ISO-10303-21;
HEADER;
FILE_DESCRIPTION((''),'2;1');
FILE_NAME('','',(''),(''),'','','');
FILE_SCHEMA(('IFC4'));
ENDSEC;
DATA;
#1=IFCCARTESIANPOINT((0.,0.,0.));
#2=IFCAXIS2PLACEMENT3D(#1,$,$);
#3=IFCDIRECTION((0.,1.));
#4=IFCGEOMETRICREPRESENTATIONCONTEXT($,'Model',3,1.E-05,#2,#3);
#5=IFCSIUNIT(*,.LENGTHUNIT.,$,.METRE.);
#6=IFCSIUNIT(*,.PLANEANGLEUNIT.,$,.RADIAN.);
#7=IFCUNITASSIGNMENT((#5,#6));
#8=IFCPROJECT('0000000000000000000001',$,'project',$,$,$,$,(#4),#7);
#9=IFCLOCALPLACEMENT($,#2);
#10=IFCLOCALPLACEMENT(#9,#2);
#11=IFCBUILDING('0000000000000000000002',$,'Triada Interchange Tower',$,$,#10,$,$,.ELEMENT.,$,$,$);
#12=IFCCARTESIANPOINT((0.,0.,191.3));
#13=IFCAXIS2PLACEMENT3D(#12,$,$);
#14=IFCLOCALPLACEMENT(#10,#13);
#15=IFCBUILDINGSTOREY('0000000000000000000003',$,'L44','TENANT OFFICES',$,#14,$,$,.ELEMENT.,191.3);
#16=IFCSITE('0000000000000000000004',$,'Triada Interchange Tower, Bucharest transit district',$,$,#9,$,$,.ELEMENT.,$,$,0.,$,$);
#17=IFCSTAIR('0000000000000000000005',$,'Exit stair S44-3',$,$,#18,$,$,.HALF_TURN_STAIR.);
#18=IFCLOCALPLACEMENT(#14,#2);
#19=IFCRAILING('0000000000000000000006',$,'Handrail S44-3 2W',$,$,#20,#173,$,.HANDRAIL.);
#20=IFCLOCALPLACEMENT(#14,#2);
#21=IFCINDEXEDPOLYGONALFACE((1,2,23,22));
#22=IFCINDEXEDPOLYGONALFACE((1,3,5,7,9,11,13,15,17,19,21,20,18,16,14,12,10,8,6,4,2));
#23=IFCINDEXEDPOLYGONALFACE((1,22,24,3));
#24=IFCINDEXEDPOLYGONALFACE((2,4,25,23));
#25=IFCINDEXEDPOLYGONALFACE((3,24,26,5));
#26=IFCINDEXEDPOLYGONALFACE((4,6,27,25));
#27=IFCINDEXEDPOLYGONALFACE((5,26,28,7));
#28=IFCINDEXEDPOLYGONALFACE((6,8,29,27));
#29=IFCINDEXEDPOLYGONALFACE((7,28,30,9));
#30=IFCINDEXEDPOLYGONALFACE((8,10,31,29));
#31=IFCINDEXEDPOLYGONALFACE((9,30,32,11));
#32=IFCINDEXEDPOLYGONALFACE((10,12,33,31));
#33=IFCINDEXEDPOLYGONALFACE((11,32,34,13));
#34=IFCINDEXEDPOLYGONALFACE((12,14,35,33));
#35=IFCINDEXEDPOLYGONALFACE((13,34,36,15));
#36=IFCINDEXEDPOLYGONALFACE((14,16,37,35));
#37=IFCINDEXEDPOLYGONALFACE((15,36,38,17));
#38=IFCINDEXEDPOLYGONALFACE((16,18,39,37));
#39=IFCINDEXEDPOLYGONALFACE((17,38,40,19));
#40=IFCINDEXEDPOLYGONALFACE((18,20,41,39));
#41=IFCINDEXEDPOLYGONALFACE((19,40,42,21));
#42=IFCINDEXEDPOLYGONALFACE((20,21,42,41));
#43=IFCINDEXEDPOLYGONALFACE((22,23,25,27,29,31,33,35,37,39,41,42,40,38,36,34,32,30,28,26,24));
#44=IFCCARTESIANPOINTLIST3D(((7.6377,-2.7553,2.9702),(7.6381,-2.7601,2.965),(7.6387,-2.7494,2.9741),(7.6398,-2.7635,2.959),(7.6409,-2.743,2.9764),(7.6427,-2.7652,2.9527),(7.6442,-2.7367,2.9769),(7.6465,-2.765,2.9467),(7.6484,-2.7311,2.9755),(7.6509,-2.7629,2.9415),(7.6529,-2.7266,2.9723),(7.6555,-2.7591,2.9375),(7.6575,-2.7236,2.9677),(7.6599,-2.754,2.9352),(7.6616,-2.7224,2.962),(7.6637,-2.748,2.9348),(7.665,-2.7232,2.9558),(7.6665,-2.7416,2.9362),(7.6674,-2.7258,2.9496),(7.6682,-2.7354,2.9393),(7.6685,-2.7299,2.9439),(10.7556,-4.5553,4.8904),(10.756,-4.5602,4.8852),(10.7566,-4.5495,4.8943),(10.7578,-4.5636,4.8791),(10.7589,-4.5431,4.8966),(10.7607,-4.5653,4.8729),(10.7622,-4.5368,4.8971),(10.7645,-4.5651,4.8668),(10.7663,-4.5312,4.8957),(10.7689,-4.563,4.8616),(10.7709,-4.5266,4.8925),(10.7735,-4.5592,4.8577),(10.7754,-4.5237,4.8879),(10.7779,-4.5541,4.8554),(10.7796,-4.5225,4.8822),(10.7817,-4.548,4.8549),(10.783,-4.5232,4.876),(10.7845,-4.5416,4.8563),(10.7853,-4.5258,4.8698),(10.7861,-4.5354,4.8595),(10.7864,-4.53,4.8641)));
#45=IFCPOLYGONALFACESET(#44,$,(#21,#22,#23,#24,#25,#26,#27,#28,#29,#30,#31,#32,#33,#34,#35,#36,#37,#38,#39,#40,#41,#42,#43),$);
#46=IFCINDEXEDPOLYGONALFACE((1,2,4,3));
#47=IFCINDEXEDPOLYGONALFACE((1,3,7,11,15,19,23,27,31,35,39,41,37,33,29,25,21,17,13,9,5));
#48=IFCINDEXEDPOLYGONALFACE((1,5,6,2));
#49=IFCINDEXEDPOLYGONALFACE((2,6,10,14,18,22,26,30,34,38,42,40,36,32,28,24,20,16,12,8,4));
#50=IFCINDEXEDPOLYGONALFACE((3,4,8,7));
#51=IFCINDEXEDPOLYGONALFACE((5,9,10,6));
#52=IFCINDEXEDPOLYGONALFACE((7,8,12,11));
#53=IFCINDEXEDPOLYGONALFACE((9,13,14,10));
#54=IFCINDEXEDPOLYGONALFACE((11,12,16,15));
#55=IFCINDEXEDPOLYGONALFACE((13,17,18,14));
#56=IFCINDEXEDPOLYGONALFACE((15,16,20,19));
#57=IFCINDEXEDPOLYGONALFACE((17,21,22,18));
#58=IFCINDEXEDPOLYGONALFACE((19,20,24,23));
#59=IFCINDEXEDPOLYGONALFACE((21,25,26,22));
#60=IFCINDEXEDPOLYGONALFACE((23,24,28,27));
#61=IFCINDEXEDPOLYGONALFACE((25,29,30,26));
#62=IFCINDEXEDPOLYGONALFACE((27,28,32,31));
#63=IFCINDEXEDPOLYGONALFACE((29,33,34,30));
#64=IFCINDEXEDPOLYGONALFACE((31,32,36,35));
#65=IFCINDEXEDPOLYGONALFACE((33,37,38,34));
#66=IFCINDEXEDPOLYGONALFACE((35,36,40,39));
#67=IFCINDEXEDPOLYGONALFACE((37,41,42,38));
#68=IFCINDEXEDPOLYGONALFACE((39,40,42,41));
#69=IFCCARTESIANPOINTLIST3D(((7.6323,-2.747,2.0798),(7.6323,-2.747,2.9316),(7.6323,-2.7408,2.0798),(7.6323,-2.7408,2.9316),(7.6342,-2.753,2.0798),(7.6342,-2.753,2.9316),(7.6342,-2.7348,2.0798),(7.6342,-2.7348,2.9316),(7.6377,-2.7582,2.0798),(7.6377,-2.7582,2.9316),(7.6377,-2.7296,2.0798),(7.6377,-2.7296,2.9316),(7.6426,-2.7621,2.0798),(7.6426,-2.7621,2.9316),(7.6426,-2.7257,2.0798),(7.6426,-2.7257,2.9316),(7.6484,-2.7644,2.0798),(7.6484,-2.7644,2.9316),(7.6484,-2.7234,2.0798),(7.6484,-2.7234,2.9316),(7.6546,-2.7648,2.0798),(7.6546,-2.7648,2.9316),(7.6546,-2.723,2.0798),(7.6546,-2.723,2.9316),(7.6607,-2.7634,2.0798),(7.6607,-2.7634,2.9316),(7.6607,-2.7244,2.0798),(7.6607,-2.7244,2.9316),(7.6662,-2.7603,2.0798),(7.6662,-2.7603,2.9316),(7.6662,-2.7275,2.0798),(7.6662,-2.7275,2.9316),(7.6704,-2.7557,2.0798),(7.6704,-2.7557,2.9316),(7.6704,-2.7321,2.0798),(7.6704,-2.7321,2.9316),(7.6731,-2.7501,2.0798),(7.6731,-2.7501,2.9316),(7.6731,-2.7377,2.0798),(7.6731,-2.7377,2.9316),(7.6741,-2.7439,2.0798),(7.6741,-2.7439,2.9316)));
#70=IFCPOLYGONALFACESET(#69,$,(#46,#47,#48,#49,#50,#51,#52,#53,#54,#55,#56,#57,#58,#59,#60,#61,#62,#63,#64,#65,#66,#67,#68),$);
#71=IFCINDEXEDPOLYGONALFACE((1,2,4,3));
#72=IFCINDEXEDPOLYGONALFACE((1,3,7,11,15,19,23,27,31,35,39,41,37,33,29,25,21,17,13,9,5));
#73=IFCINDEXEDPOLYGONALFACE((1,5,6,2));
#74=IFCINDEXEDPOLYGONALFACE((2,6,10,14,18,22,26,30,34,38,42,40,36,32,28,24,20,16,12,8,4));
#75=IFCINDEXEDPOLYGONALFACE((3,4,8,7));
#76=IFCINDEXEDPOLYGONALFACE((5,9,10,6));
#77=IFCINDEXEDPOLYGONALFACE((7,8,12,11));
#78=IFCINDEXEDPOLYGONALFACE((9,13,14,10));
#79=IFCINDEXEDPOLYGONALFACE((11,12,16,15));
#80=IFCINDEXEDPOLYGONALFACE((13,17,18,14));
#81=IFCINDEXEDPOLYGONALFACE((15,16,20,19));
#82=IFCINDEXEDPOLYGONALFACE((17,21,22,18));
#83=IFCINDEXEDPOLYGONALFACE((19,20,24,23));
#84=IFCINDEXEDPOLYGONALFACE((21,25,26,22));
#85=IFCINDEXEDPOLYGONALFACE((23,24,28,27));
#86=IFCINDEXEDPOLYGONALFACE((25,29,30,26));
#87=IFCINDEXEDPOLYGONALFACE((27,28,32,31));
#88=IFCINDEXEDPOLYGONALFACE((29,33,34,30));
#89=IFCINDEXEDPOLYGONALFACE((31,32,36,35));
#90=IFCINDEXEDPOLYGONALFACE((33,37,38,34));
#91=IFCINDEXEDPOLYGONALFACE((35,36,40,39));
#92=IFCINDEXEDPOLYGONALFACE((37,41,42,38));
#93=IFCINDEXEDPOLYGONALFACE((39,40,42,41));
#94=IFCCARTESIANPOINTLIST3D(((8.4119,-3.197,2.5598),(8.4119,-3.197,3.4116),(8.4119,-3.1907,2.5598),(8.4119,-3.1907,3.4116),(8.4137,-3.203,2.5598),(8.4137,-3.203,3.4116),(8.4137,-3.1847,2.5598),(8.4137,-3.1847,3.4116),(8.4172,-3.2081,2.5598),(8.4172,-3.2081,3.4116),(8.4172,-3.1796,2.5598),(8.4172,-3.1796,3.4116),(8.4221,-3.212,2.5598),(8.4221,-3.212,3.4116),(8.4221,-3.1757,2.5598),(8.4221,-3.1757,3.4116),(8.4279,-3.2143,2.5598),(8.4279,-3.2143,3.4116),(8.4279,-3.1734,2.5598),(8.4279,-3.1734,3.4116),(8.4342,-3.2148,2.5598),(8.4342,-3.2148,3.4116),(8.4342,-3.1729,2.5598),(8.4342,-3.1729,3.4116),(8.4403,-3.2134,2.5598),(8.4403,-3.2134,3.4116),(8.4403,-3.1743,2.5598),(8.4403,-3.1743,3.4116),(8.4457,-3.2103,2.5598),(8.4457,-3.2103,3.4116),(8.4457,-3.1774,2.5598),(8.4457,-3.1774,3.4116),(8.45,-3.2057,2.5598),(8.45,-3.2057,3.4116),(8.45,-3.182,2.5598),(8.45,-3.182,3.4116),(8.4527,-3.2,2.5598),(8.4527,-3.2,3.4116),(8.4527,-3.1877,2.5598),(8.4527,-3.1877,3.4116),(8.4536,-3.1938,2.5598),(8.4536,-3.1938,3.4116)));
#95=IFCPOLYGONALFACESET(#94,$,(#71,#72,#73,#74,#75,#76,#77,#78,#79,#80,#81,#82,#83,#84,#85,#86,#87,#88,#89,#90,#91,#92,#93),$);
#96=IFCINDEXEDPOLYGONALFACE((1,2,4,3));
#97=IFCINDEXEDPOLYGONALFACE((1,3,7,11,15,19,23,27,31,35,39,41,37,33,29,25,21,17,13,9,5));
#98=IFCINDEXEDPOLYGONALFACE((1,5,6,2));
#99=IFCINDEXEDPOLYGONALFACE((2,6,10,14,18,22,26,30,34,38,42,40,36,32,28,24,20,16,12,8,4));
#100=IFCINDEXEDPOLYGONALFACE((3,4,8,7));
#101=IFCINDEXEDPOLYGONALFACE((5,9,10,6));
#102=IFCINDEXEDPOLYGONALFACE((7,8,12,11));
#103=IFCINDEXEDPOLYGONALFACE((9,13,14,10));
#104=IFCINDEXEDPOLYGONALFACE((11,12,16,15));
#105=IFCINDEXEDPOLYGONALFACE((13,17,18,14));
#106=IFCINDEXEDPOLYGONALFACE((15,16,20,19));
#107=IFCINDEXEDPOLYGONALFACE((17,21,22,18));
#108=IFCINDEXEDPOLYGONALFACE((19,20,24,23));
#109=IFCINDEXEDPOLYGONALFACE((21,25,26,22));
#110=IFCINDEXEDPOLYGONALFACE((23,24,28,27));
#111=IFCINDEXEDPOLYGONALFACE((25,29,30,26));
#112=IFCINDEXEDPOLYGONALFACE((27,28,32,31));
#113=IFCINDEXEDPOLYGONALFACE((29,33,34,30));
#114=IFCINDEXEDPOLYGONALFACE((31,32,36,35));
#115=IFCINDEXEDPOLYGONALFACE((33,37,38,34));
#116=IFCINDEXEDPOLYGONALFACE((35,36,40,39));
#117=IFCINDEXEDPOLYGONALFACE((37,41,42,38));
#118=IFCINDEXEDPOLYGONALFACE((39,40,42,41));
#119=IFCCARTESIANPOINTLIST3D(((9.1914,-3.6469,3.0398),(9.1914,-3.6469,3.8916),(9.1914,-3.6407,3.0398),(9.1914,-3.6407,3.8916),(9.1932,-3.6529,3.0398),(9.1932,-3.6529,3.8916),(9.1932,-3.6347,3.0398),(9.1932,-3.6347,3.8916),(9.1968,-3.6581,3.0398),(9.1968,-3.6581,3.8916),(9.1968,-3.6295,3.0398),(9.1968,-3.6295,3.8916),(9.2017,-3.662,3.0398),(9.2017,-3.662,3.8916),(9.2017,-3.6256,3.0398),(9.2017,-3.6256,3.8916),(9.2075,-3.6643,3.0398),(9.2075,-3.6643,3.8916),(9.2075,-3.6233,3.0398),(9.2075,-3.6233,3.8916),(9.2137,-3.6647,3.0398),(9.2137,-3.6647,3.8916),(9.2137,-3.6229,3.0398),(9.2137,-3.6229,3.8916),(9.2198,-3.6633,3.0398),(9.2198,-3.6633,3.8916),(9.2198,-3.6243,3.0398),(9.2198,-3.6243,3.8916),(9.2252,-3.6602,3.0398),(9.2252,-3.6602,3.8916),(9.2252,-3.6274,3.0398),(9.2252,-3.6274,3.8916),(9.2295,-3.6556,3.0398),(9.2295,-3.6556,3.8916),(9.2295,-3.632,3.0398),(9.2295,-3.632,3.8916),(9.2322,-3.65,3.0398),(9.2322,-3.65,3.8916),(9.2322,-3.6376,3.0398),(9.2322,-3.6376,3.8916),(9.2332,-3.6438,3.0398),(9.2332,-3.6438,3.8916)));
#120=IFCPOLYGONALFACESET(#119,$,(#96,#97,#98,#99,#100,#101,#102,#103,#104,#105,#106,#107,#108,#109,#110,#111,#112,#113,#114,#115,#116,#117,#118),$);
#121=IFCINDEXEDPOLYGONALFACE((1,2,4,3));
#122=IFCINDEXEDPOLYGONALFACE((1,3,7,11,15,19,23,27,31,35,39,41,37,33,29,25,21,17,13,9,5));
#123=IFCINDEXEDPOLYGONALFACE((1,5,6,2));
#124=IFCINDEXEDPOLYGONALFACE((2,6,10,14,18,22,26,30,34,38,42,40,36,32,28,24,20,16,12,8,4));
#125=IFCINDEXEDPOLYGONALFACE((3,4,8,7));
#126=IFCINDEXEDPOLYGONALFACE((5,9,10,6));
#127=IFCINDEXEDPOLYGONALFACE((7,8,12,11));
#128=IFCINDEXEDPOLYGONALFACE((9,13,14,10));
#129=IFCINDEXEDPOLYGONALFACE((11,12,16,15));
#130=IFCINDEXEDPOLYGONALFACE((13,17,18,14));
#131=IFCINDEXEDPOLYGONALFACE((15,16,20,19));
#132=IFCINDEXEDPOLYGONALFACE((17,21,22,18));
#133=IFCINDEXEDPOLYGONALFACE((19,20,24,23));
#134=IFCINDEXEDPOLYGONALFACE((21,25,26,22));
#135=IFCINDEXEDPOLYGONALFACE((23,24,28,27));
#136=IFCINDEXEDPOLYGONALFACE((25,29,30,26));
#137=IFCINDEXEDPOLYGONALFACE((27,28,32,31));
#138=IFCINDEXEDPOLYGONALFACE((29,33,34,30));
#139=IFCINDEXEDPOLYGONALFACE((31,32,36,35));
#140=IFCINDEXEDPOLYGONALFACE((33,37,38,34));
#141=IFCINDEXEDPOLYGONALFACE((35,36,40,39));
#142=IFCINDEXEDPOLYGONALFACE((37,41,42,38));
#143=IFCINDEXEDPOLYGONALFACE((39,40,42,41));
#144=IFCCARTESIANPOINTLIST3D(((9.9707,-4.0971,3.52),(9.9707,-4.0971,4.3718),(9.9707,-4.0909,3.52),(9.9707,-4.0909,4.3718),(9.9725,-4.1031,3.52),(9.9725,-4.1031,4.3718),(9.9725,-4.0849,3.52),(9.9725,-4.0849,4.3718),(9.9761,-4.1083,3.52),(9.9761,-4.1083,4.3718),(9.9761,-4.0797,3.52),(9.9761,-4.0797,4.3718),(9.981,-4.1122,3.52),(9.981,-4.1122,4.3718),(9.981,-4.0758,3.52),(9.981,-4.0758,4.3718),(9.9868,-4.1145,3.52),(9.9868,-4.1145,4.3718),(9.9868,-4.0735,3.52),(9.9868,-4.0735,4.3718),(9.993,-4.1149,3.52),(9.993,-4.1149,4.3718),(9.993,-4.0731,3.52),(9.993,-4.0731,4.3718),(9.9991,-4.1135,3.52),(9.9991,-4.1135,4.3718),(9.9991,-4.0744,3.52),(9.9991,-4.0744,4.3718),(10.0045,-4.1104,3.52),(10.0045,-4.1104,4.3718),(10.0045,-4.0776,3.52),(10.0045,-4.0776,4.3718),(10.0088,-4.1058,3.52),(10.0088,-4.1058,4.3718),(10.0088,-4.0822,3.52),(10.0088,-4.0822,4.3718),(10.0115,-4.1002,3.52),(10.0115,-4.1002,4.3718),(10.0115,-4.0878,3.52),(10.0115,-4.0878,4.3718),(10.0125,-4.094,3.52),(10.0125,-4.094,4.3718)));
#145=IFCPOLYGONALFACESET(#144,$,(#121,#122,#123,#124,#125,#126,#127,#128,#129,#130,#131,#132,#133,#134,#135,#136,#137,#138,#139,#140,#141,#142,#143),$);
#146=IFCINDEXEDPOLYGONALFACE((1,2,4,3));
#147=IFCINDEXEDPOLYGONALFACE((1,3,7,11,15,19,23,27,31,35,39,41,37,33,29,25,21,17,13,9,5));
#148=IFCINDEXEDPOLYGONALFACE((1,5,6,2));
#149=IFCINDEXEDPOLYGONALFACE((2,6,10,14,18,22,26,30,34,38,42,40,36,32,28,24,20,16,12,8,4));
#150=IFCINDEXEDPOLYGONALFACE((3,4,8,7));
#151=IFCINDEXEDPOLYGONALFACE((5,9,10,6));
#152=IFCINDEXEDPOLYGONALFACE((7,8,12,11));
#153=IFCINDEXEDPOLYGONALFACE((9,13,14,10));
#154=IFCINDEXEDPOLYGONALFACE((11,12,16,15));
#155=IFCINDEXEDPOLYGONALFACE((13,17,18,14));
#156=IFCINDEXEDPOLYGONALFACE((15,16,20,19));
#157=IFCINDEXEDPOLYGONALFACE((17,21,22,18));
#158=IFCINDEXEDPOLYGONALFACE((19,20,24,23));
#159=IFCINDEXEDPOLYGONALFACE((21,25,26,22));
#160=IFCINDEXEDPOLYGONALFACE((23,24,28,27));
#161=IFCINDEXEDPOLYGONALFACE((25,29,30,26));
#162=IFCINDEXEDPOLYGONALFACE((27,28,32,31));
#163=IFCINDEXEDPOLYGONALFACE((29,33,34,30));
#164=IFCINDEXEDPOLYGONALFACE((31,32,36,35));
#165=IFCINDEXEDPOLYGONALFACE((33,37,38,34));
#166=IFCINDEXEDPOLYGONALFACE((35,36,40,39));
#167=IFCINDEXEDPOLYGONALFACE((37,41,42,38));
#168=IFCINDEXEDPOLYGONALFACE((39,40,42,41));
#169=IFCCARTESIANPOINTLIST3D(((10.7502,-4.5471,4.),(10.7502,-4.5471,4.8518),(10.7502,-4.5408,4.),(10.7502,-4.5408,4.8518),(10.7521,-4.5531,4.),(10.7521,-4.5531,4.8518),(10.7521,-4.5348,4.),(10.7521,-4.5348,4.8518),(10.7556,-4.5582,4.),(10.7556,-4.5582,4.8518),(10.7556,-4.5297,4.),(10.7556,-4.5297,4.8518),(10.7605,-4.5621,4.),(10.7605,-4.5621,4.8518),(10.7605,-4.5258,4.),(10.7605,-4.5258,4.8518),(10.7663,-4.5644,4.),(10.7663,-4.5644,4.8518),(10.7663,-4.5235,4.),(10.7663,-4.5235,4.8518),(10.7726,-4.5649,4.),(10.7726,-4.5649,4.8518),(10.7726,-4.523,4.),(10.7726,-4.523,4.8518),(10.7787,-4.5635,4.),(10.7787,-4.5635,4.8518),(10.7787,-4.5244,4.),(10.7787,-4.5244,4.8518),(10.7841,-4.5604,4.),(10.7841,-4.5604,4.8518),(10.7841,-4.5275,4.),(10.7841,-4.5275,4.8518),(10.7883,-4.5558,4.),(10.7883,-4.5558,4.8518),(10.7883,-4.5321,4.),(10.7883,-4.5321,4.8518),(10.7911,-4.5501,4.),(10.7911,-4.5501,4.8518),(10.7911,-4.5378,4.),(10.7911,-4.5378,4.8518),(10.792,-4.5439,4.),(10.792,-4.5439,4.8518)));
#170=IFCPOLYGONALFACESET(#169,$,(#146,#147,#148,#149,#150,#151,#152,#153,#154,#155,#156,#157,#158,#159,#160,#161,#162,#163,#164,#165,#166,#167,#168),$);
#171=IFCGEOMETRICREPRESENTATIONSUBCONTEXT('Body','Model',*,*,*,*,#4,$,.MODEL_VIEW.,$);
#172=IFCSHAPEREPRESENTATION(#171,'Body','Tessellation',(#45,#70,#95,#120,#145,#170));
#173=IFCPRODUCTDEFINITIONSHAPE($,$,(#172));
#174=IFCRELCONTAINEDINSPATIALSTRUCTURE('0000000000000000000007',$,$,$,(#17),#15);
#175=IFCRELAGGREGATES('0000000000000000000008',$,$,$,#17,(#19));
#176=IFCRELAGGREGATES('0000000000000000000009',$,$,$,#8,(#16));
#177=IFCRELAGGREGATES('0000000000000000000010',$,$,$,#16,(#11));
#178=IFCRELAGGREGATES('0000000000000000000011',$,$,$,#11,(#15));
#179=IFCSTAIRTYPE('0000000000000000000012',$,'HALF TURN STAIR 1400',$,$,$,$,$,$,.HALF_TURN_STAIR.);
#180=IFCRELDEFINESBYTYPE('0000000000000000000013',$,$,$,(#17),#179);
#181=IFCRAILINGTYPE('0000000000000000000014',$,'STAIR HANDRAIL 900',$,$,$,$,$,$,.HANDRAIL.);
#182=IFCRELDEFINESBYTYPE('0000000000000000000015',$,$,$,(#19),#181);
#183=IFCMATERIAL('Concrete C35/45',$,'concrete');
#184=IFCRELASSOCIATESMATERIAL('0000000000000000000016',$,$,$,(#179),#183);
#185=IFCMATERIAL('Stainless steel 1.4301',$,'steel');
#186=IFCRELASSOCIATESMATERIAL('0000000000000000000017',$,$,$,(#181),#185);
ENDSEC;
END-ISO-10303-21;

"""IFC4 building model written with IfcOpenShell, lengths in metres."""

from ifc_helpers import new_model, si_unit, direction, frame, origin, origin_2d, place, context, subcontext, project, spatial, circle, extrude, material, type_object, element, aggregate, save


model = new_model("IFC4")

# Units and contexts
model_context = context("Model", 3, precision=1e-05, world=origin(), true_north=direction((0.0, 1.0)))
body_context = subcontext(model_context, "Body", "Model", "MODEL_VIEW")
ifc_project = project(units=[si_unit("LENGTHUNIT", "METRE"), si_unit("PLANEANGLEUNIT", "RADIAN")], contexts=[model_context])

# Site, building, storey
site_placement = place(None, origin())
site = spatial("IfcSite", under=ifc_project, at=site_placement, Name="Triada Interchange Tower, Bucharest transit district", CompositionType="ELEMENT", RefElevation=0.0)
building_placement = place(site_placement, origin())
building = spatial("IfcBuilding", under=site, at=building_placement, Name="Triada Interchange Tower", CompositionType="ELEMENT")
storey_placement = place(building_placement, frame((0.0, 0.0, 191.3)))
storey = spatial("IfcBuildingStorey", under=building, at=storey_placement, Name="L44", Description="TENANT OFFICES", CompositionType="ELEMENT", Elevation=191.3)

# Stair, railing
ifc_material_1 = material(Name="Concrete C35/45", Category="concrete")
stair_type = type_object("IfcStairType", Name="HALF TURN STAIR 1400", PredefinedType="HALF_TURN_STAIR", material=ifc_material_1)
stair_placement = place(storey_placement, origin())
stair = element("IfcStair", 1, at=stair_placement, inside=storey, type_object=stair_type, Name="Exit stair S44-3", PredefinedType="HALF_TURN_STAIR")
ifc_material_2 = material(Name="Stainless steel 1.4301", Category="steel")
railing_type = type_object("IfcRailingType", Name="STAIR HANDRAIL 900", PredefinedType="HANDRAIL", material=ifc_material_2)
railing_1_placement = place(storey_placement, frame((7.6531, -2.7439, 2.0798)))
railing_1 = element("IfcRailing", 2, at=railing_1_placement, type_object=railing_type, Name="Handrail S44-3 2W", PredefinedType="HANDRAIL", context=body_context, shape_type="SweptSolid", body=[
    extrude(circle(Radius=0.0239, at=origin_2d()), frame((0.0, 0.0, 0.876), z_axis=(0.764145, -0.441159, 0.470597), x_axis=(0.499983, 0.866035, 0.0)), (0.0, 0.0, 1.0), 4.0803),
    extrude(circle(Radius=0.021, at=origin_2d()), origin(), (0.0, 0.0, 1.0), 0.8518),
    extrude(circle(Radius=0.021, at=origin_2d()), frame((0.7795, -0.45, 0.48)), (0.0, 0.0, 1.0), 0.8518),
    extrude(circle(Radius=0.021, at=origin_2d()), frame((1.5591, -0.8999, 0.96)), (0.0, 0.0, 1.0), 0.8518),
    extrude(circle(Radius=0.021, at=origin_2d()), frame((2.3384, -1.3501, 1.4402)), (0.0, 0.0, 1.0), 0.8518),
    extrude(circle(Radius=0.021, at=origin_2d()), frame((3.1179, -1.8, 1.9202)), (0.0, 0.0, 1.0), 0.8518),
])
aggregate(stair, [railing_1])

save(model, "model.ifc")
